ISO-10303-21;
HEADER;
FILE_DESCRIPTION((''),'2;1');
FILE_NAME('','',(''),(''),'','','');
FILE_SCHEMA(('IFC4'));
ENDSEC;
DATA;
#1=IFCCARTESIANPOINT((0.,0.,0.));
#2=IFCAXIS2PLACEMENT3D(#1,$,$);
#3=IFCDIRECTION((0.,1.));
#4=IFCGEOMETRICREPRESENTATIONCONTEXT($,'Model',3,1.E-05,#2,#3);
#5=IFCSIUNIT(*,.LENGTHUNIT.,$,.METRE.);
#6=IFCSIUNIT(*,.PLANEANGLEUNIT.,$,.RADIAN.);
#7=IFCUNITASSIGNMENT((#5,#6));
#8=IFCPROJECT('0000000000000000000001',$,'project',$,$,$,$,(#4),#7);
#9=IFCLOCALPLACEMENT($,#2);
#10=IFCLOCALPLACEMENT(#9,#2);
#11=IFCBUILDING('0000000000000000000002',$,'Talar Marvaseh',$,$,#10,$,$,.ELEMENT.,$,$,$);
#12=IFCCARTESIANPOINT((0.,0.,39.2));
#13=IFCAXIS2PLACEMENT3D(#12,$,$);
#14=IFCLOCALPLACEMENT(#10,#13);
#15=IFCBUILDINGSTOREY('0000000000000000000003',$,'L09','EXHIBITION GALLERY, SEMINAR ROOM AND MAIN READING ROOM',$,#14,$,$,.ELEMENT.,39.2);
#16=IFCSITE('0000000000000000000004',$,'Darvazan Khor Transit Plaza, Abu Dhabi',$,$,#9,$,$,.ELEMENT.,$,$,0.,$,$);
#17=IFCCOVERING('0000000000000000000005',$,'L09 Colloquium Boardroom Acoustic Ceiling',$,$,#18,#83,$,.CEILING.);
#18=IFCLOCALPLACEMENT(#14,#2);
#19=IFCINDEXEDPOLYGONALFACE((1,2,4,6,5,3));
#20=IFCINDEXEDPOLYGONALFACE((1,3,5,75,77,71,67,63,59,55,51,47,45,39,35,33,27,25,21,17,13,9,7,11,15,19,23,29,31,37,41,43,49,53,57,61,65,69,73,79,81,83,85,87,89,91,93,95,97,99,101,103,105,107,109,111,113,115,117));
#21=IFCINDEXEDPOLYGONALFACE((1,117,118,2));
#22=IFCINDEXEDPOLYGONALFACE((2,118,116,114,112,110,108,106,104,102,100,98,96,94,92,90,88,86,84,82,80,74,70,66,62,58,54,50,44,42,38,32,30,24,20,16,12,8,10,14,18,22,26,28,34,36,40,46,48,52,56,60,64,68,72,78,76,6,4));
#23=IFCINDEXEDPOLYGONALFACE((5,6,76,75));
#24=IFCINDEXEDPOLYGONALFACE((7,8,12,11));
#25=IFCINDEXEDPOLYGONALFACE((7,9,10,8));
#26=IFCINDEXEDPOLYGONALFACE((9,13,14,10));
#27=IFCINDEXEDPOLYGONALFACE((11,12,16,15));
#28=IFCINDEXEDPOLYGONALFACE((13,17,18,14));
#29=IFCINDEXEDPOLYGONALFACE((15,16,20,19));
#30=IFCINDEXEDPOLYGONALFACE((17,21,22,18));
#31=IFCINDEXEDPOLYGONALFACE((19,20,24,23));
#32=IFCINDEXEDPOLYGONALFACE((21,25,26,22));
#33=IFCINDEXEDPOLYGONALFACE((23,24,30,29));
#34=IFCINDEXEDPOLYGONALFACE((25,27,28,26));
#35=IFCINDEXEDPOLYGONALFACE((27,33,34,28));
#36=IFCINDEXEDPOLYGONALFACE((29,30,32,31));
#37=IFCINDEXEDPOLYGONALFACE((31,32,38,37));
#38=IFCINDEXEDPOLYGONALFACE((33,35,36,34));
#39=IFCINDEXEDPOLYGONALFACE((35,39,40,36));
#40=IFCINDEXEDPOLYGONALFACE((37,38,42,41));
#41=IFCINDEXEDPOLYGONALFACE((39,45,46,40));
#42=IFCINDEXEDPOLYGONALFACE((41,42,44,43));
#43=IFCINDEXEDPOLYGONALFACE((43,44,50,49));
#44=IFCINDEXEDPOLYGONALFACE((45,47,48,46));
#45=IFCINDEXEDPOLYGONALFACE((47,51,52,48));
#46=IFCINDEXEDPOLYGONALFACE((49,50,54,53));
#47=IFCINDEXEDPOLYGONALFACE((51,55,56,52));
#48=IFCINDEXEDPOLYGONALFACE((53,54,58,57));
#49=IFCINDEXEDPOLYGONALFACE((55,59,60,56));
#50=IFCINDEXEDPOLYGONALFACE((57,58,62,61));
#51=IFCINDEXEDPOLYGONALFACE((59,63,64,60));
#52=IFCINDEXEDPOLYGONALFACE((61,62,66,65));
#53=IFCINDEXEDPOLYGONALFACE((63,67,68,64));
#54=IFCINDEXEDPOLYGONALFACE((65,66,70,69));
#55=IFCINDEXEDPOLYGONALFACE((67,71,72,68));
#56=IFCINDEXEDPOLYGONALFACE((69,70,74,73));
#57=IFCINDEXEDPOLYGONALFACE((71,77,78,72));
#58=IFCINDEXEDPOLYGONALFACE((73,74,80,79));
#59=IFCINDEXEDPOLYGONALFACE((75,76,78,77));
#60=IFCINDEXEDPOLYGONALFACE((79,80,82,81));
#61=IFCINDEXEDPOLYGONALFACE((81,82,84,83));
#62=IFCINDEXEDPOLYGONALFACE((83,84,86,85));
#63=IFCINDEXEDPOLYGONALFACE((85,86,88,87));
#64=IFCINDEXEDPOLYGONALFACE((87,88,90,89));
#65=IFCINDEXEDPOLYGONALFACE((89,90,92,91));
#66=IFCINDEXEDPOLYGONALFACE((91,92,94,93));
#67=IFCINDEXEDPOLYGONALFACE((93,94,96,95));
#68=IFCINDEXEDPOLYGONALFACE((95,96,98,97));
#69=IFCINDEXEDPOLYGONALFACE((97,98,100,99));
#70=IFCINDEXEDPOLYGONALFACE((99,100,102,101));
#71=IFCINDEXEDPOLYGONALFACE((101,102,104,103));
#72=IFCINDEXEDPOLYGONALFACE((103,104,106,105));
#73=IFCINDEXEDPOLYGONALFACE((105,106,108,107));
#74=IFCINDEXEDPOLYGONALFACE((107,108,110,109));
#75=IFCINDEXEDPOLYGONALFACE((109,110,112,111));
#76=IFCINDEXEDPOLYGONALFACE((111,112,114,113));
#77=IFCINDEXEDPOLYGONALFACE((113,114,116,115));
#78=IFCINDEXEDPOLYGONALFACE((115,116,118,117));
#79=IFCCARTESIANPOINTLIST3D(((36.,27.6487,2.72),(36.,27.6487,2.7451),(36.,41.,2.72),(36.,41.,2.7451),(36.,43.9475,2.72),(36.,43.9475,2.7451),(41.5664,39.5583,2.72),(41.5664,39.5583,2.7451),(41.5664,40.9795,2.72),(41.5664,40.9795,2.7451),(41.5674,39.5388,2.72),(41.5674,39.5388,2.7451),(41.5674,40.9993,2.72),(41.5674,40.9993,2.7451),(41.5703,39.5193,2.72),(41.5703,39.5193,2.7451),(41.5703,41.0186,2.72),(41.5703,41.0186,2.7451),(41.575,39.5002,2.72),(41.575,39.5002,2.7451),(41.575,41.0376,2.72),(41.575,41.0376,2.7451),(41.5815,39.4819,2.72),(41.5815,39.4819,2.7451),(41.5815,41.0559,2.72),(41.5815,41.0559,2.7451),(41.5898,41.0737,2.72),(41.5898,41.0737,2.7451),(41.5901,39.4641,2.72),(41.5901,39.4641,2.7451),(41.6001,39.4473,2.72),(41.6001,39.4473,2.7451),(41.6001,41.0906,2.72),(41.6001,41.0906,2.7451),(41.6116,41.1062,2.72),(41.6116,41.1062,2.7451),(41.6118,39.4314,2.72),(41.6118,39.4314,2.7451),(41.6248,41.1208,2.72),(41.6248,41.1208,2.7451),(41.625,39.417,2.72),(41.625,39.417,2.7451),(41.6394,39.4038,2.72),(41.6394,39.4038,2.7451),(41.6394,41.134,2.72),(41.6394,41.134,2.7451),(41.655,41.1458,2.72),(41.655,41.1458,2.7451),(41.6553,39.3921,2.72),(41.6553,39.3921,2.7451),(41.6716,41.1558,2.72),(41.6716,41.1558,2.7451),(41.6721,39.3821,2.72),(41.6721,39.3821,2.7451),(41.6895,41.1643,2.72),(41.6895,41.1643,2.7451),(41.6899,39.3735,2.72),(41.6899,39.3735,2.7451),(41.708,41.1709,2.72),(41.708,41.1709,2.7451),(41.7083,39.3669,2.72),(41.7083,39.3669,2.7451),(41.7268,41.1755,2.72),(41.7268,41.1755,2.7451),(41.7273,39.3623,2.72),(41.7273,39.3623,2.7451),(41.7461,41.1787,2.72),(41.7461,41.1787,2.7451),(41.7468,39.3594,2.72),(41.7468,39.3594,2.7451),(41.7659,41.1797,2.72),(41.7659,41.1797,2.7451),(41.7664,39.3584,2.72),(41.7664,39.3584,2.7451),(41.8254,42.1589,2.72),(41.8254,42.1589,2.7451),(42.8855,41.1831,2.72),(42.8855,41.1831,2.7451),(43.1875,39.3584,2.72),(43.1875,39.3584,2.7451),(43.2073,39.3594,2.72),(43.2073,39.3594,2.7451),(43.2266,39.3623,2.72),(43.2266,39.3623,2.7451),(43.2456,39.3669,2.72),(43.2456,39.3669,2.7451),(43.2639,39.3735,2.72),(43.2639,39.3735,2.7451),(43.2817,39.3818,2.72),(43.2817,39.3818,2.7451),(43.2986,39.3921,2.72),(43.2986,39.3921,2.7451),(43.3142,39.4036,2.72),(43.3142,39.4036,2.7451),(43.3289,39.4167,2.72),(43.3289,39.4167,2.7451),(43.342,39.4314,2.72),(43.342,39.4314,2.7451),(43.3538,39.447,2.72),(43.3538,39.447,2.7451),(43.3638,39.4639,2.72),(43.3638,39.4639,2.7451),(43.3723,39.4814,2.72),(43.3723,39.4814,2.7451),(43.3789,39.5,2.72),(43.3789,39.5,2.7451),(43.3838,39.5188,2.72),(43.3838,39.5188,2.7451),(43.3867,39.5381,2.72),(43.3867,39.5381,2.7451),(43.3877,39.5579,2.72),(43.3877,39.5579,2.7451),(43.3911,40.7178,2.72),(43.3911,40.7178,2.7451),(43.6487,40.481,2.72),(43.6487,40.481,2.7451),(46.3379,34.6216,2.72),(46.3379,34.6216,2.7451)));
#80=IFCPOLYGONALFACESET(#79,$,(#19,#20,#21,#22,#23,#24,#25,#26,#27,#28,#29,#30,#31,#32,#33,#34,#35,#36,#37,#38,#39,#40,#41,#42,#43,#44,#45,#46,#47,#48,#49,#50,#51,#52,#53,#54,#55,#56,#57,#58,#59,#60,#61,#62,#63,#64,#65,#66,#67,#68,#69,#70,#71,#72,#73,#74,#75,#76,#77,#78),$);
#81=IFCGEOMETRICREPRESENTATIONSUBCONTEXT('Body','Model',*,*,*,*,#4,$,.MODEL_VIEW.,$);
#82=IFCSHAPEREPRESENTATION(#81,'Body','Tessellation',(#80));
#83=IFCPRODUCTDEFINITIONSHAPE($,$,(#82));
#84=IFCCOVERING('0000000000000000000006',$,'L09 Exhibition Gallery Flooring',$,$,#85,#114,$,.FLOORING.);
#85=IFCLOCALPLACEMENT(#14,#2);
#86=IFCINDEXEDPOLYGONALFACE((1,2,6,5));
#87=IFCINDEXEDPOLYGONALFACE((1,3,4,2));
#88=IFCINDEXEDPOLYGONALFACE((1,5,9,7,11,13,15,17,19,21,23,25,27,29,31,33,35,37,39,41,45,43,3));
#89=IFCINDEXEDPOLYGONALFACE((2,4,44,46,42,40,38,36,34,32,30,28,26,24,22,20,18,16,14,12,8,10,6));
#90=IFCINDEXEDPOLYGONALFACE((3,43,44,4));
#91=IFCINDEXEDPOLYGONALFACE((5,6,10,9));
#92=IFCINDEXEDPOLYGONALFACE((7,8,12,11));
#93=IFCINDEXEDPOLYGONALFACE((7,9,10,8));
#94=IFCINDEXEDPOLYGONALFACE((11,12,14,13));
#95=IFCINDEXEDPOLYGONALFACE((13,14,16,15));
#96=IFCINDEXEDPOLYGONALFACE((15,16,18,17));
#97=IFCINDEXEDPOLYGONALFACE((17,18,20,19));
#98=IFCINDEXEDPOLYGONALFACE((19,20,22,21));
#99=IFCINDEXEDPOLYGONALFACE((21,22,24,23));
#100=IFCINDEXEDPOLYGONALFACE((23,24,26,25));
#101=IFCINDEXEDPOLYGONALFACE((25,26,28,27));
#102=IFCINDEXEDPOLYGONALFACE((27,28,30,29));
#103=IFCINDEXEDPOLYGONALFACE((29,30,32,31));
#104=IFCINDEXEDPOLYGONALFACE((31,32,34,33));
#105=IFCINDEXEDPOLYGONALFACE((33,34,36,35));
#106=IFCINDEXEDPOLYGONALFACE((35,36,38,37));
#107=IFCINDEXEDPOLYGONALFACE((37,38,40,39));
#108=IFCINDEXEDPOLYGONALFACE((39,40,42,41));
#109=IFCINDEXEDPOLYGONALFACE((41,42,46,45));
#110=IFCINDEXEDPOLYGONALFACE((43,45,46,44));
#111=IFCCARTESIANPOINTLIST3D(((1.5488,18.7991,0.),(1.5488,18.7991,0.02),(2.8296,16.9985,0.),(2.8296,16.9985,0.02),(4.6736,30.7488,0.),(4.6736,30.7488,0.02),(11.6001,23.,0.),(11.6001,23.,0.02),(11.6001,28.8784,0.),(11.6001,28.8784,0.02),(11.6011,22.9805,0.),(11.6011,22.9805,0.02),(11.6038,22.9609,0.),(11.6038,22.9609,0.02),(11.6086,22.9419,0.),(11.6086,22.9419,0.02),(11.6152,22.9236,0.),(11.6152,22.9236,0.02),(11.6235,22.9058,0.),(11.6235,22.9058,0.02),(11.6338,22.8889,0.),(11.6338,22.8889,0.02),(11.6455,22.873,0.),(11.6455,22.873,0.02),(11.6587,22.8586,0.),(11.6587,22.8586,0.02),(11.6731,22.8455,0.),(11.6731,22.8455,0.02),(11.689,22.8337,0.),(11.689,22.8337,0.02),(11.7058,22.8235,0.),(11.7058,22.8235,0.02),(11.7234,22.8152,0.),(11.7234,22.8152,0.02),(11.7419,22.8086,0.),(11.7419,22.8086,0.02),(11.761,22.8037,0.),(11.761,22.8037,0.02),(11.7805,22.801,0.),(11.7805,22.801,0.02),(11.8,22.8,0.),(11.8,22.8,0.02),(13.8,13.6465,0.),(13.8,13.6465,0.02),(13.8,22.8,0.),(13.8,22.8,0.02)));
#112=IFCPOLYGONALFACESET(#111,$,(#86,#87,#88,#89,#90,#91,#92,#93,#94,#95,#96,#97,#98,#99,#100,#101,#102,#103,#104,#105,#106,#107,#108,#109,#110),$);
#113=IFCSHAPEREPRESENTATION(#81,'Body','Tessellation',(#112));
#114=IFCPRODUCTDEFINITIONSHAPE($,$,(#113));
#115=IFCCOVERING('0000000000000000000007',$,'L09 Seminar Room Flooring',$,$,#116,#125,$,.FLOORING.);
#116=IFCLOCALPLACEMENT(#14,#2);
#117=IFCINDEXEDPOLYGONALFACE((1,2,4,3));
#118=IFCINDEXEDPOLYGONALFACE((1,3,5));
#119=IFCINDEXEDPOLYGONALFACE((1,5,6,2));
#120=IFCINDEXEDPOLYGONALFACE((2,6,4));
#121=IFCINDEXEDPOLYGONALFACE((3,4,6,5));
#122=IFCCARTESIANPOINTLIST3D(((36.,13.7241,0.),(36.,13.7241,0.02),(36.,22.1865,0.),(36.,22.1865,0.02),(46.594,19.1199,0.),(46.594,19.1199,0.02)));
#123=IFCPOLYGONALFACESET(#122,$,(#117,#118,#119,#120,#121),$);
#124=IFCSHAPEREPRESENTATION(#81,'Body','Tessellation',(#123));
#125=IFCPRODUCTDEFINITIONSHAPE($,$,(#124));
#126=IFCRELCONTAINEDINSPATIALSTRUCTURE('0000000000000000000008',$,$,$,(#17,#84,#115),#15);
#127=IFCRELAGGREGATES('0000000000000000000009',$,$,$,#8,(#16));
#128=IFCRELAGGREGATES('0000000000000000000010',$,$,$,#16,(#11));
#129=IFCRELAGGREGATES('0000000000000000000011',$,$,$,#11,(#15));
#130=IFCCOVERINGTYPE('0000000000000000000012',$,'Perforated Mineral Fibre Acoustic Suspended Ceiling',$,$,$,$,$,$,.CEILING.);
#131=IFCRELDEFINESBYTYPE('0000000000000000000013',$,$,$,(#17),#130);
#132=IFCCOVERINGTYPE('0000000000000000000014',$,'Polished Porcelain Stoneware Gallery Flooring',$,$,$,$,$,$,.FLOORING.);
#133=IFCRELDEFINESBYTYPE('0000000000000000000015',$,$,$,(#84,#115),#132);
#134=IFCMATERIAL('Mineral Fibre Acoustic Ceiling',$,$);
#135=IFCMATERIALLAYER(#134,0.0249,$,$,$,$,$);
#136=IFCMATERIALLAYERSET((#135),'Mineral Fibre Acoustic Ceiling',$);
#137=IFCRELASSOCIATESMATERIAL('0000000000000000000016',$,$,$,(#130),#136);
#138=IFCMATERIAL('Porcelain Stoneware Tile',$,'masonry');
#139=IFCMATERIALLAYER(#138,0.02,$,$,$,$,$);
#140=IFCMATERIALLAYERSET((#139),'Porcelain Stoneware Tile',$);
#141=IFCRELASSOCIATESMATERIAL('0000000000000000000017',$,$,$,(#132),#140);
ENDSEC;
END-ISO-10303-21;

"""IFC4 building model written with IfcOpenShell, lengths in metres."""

from ifc_helpers import new_model, si_unit, direction, frame, origin, place, context, subcontext, project, spatial, polyline, outline, extrude, material, layer, layer_set, type_object, element, save


model = new_model("IFC4")

# Units and contexts
model_context = context("Model", 3, precision=1e-05, world=origin(), true_north=direction((0.0, 1.0)))
body_context = subcontext(model_context, "Body", "Model", "MODEL_VIEW")
ifc_project = project(units=[si_unit("LENGTHUNIT", "METRE"), si_unit("PLANEANGLEUNIT", "RADIAN")], contexts=[model_context])

# Site, building, storey
site_placement = place(None, origin())
site = spatial("IfcSite", under=ifc_project, at=site_placement, Name="Darvazan Khor Transit Plaza, Abu Dhabi", CompositionType="ELEMENT", RefElevation=0.0)
building_placement = place(site_placement, origin())
building = spatial("IfcBuilding", under=site, at=building_placement, Name="Talar Marvaseh", CompositionType="ELEMENT")
storey_placement = place(building_placement, frame((0.0, 0.0, 39.2)))
storey = spatial("IfcBuildingStorey", under=building, at=storey_placement, Name="L09", Description="EXHIBITION GALLERY, SEMINAR ROOM AND MAIN READING ROOM", CompositionType="ELEMENT", Elevation=39.2)

# Coverings
ifc_material_1 = material(Name="Mineral Fibre Acoustic Ceiling")
ifc_layer_1 = layer(ifc_material_1, 0.0249)
ifc_layer_set_1 = layer_set([ifc_layer_1], Name="Mineral Fibre Acoustic Ceiling")
covering_type_1 = type_object("IfcCoveringType", Name="Perforated Mineral Fibre Acoustic Suspended Ceiling", PredefinedType="CEILING", material=ifc_layer_set_1)
covering_1_placement = place(storey_placement, frame((0.0, 0.0, 2.72)))
element("IfcCovering", 1, at=covering_1_placement, inside=storey, type_object=covering_type_1, Name="L09 Colloquium Boardroom Acoustic Ceiling", PredefinedType="CEILING", context=body_context, shape_type="SweptSolid", body=[
    extrude(outline(polyline([(42.8855, 41.1831), (41.7659, 41.1797), (41.7461, 41.1787), (41.7268, 41.1755), (41.708, 41.1709), (41.6895, 41.1643), (41.6716, 41.1558), (41.655, 41.1458), (41.6394, 41.134), (41.6248, 41.1208), (41.6116, 41.1062), (41.6001, 41.0906), (41.5898, 41.0737), (41.5815, 41.0559), (41.575, 41.0376), (41.5703, 41.0186), (41.5674, 40.9993), (41.5664, 40.9795), (41.5664, 39.5583), (41.5674, 39.5388), (41.5703, 39.5193), (41.575, 39.5002), (41.5815, 39.4819), (41.5901, 39.4641), (41.6001, 39.4473), (41.6118, 39.4314), (41.625, 39.417), (41.6394, 39.4038), (41.6553, 39.3921), (41.6721, 39.3821), (41.6899, 39.3735), (41.7083, 39.3669), (41.7273, 39.3623), (41.7468, 39.3594), (41.7664, 39.3584), (43.1875, 39.3584), (43.2073, 39.3594), (43.2266, 39.3623), (43.2456, 39.3669), (43.2639, 39.3735), (43.2817, 39.3818), (43.2986, 39.3921), (43.3142, 39.4036), (43.3289, 39.4167), (43.342, 39.4314), (43.3538, 39.447), (43.3638, 39.4639), (43.3723, 39.4814), (43.3789, 39.5), (43.3838, 39.5188), (43.3867, 39.5381), (43.3877, 39.5579), (43.3911, 40.7178), (43.6487, 40.481), (46.3379, 34.6216), (36.0, 27.6487), (36.0, 41.0), (36.0, 43.9475), (41.8254, 42.1589), (42.8855, 41.1831)])), origin(), (0.0, 0.0, 1.0), 0.0251),
])
ifc_material_2 = material(Name="Porcelain Stoneware Tile", Category="masonry")
ifc_layer_2 = layer(ifc_material_2, 0.02)
ifc_layer_set_2 = layer_set([ifc_layer_2], Name="Porcelain Stoneware Tile")
covering_type_2 = type_object("IfcCoveringType", Name="Polished Porcelain Stoneware Gallery Flooring", PredefinedType="FLOORING", material=ifc_layer_set_2)
covering_2_placement = place(storey_placement, origin())
element("IfcCovering", 2, at=covering_2_placement, inside=storey, type_object=covering_type_2, Name="L09 Exhibition Gallery Flooring", PredefinedType="FLOORING", context=body_context, shape_type="SweptSolid", body=[
    extrude(outline(polyline([(11.6001, 28.8784), (11.6001, 23.0), (11.6011, 22.9805), (11.6038, 22.9609), (11.6086, 22.9419), (11.6152, 22.9236), (11.6235, 22.9058), (11.6338, 22.8889), (11.6455, 22.873), (11.6587, 22.8586), (11.6731, 22.8455), (11.689, 22.8337), (11.7058, 22.8235), (11.7234, 22.8152), (11.7419, 22.8086), (11.761, 22.8037), (11.7805, 22.801), (11.8, 22.8), (13.8, 22.8), (13.8, 13.6465), (2.8296, 16.9985), (1.5488, 18.7991), (4.6736, 30.7488), (11.6001, 28.8784)])), origin(), (0.0, 0.0, 1.0), 0.02),
])
covering_3_placement = place(storey_placement, origin())
element("IfcCovering", 3, at=covering_3_placement, inside=storey, type_object=covering_type_2, Name="L09 Seminar Room Flooring", PredefinedType="FLOORING", context=body_context, shape_type="SweptSolid", body=[
    extrude(outline(polyline([(36.0, 13.7241), (36.0, 22.1865), (46.594, 19.1199), (36.0, 13.7241)])), origin(), (0.0, 0.0, 1.0), 0.02),
])

save(model, "model.ifc")
